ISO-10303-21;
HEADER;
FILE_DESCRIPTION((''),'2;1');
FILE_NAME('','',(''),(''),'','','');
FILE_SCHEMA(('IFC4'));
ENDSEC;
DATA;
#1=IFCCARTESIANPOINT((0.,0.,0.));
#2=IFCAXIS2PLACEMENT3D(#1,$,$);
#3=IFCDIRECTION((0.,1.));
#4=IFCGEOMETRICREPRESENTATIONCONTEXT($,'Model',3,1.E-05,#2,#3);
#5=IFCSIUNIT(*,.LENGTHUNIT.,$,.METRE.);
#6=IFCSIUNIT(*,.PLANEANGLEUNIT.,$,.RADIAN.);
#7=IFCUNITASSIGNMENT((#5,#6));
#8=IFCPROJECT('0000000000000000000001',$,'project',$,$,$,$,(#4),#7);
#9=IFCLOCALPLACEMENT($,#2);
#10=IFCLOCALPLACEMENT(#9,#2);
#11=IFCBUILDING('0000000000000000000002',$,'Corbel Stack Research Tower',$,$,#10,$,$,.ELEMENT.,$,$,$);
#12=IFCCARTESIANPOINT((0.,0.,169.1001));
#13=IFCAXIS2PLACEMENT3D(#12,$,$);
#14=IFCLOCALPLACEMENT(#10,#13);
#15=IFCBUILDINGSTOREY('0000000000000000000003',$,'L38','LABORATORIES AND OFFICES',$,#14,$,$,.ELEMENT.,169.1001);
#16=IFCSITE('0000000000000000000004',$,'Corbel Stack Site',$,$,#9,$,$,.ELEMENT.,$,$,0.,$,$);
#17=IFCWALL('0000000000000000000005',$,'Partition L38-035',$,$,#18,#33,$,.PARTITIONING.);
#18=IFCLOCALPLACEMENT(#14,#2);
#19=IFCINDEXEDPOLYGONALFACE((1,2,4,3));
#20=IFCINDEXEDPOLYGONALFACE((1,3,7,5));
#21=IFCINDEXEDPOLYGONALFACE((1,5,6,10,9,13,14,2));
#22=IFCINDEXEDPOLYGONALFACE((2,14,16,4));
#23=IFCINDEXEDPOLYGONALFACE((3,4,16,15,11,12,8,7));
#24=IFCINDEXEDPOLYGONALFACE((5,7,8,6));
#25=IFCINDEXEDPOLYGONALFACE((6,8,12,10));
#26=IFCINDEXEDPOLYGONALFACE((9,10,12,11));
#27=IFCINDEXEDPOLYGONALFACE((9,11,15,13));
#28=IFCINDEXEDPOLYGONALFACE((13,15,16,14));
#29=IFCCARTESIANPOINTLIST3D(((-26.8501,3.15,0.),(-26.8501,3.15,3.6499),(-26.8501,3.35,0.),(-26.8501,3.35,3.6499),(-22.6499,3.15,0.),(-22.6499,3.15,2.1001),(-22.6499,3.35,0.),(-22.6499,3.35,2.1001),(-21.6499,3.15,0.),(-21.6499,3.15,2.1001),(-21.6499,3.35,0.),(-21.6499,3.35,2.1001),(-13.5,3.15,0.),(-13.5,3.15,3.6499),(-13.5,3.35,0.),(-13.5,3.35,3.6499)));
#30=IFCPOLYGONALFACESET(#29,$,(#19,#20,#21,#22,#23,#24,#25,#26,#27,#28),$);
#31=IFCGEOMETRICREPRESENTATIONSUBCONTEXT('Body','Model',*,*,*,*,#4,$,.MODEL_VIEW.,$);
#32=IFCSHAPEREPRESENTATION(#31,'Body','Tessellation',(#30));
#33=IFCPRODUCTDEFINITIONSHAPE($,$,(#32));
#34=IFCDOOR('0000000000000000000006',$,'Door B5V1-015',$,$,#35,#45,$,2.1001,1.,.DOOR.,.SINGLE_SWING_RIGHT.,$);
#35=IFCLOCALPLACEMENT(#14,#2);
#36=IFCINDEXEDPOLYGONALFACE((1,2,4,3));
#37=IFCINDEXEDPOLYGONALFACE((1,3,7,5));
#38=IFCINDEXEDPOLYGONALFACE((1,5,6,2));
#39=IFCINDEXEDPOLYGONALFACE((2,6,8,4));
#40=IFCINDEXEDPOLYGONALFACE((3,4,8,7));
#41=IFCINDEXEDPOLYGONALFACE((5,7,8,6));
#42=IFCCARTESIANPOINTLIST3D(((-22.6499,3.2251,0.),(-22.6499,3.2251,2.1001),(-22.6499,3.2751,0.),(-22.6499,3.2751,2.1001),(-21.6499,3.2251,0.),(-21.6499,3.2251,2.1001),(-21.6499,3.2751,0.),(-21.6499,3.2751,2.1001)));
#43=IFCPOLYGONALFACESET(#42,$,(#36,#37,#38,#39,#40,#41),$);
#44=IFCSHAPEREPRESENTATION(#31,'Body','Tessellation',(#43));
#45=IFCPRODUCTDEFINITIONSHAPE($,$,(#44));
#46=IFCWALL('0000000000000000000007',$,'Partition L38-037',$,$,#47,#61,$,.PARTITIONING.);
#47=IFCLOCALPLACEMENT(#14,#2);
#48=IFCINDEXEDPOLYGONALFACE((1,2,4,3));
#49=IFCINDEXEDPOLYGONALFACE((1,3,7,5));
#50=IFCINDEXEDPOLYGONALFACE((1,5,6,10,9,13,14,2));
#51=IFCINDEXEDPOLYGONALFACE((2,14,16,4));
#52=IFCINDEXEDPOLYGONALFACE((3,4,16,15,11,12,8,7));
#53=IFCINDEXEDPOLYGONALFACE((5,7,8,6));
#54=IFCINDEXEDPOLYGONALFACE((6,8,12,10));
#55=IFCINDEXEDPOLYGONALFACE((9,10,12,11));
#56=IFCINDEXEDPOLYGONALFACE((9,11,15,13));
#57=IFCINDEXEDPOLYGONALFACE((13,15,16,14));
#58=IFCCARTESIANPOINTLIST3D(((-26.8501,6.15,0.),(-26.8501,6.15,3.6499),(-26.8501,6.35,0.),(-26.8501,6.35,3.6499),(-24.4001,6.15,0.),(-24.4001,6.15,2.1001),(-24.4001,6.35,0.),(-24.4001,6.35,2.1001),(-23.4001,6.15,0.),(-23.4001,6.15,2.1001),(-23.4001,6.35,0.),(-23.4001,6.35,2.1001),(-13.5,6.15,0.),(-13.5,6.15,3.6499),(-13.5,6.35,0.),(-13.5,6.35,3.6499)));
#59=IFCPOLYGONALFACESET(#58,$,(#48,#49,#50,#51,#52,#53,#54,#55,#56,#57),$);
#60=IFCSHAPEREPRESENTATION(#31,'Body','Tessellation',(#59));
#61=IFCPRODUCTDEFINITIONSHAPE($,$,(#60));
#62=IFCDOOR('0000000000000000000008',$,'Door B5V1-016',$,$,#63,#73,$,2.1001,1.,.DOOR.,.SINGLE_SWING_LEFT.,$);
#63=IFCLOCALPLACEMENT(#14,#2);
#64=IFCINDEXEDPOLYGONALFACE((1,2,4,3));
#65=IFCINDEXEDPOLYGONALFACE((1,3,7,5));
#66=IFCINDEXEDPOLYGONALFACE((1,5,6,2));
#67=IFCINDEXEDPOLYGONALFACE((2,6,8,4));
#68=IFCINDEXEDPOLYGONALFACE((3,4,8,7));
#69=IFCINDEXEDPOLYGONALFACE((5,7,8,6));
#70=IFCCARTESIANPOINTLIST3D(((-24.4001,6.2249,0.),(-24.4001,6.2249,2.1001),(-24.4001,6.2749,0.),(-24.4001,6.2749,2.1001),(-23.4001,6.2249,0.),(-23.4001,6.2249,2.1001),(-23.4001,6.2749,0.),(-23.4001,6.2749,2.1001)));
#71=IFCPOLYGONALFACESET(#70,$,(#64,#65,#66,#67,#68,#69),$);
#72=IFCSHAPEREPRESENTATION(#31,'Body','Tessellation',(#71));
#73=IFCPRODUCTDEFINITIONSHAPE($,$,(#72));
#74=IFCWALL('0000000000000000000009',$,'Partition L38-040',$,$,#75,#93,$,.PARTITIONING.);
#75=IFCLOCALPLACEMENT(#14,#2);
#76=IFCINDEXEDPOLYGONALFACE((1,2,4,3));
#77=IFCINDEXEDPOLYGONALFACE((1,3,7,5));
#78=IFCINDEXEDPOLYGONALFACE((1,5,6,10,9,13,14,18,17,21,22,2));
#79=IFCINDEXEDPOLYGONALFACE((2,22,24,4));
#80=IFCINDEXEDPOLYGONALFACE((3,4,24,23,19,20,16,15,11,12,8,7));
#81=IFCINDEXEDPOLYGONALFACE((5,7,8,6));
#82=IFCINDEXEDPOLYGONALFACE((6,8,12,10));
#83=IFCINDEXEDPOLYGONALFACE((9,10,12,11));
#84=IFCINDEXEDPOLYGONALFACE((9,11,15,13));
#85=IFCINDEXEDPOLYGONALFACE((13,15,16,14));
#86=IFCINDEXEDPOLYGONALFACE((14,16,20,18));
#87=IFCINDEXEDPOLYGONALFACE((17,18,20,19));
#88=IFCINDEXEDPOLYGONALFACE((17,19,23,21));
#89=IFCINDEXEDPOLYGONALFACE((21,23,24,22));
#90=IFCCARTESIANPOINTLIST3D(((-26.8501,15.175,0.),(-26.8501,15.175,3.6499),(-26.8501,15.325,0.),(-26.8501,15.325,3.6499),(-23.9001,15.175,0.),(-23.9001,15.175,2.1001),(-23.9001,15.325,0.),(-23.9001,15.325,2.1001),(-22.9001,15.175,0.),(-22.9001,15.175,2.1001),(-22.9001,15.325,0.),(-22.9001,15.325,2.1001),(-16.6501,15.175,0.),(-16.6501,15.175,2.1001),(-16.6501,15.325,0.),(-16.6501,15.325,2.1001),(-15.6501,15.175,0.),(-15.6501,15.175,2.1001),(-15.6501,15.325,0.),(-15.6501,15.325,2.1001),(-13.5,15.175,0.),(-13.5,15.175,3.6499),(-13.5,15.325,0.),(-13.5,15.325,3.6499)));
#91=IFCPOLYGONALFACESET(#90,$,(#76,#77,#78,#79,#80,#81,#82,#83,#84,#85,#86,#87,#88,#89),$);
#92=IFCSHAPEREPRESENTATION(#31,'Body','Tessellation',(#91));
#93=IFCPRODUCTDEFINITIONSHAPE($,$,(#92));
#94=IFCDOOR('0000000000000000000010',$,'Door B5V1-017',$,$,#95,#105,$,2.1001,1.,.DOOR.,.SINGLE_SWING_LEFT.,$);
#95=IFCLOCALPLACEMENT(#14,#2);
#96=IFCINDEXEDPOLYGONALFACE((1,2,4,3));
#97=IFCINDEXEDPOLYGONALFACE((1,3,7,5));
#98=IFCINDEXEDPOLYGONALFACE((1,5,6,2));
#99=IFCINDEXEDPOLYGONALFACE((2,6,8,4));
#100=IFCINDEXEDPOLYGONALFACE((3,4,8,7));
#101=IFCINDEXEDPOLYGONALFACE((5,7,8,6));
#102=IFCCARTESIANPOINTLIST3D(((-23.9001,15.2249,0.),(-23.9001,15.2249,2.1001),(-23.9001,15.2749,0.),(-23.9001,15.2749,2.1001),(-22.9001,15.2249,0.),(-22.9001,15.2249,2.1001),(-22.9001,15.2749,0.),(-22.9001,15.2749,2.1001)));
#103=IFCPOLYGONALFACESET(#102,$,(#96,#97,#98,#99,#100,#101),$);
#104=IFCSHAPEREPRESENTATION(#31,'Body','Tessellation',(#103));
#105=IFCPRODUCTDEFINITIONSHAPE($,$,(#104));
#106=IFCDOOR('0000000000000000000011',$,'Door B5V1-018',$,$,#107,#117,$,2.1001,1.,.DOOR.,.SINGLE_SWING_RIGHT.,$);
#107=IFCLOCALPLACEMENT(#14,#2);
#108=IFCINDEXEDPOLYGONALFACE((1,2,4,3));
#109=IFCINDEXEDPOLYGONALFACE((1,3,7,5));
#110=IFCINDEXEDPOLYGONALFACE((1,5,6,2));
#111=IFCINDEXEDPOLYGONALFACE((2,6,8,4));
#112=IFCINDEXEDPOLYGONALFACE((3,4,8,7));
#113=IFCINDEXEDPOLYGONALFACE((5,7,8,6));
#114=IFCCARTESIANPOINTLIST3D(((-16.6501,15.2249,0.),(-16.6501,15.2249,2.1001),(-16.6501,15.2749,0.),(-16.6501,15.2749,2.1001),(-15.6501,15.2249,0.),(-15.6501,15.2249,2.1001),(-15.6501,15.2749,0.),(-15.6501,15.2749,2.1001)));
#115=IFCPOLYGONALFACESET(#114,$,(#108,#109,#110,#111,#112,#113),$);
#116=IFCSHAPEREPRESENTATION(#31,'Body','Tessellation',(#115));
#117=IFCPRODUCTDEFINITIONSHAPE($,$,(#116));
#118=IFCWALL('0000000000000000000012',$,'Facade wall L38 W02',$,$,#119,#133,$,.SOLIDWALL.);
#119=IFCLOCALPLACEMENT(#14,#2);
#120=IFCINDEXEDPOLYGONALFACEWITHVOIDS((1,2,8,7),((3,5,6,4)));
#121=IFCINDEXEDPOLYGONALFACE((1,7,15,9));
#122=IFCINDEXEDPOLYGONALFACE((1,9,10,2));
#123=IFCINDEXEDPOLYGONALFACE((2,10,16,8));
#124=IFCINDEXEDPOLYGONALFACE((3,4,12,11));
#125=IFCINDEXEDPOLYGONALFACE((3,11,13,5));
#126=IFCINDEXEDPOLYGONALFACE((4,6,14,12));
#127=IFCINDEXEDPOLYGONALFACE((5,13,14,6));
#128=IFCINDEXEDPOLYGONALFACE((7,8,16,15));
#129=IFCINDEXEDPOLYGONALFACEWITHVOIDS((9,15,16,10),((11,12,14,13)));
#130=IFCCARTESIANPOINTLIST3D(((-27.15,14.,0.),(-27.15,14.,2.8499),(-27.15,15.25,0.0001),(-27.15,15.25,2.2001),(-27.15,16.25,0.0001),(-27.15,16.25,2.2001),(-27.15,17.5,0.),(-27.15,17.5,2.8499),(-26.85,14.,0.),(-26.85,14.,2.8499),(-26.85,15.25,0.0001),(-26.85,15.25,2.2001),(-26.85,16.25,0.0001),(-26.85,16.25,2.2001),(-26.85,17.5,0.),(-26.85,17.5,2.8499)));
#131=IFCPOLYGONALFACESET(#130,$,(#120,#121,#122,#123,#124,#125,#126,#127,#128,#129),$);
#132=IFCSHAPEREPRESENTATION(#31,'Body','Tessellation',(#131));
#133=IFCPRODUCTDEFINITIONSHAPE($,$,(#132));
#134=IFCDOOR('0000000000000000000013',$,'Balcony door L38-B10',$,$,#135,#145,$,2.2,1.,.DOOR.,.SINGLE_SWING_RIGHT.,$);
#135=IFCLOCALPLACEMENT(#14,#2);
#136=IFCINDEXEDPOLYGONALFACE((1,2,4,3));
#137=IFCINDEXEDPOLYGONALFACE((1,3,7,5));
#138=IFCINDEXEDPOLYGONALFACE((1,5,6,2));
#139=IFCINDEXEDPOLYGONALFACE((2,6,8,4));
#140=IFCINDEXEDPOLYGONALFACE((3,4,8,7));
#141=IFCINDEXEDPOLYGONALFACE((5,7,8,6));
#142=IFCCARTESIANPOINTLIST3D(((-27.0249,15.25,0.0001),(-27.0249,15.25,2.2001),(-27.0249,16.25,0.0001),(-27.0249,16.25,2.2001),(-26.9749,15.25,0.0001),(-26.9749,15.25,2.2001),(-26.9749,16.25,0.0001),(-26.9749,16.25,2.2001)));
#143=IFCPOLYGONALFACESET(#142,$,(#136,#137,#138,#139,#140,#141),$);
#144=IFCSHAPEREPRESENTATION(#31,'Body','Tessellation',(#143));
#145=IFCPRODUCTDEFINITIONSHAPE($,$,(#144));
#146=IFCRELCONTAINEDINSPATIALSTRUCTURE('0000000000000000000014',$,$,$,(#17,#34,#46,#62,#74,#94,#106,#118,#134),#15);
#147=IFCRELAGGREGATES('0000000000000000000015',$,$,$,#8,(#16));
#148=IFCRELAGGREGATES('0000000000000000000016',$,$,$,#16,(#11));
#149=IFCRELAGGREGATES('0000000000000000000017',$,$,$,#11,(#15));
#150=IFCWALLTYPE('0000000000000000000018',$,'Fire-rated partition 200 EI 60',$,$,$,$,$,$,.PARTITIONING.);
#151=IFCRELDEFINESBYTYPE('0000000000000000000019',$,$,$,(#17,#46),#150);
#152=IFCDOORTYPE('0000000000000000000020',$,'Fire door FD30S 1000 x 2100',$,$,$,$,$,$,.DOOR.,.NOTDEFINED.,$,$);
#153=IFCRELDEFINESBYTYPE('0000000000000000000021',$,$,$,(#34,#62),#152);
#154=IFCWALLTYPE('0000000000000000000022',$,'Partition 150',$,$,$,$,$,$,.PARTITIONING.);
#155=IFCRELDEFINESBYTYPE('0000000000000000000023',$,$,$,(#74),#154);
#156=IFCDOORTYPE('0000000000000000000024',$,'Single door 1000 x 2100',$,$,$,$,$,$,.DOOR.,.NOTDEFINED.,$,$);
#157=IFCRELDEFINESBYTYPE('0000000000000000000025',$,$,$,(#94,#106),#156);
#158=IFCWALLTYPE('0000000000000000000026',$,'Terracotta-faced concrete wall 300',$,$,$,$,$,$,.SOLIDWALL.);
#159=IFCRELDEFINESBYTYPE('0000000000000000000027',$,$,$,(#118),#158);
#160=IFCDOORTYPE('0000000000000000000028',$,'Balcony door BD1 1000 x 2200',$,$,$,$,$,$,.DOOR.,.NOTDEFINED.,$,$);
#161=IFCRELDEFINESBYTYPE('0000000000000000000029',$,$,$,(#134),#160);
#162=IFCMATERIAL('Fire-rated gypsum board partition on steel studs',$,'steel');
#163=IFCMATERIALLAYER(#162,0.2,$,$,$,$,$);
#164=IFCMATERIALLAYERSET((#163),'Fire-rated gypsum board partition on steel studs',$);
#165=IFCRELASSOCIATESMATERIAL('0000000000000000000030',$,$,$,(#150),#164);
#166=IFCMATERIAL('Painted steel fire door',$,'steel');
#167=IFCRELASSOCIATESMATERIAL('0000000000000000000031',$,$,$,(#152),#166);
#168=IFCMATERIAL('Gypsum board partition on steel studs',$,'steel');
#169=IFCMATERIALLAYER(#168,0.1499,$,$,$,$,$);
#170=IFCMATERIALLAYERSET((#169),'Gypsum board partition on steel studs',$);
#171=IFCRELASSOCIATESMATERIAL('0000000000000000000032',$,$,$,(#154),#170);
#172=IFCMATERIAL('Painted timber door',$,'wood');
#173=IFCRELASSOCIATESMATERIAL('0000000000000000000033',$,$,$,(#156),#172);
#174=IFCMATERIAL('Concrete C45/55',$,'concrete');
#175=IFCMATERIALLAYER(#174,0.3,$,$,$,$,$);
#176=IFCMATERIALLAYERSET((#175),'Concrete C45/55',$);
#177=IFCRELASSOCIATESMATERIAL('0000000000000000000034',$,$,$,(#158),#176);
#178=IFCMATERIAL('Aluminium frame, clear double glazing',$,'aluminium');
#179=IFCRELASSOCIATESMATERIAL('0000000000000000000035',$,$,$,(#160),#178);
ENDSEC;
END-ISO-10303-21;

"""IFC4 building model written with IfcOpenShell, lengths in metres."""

from ifc_helpers import new_model, si_unit, direction, frame, frame_2d, origin, place, context, subcontext, project, spatial, rectangle, extrude, material, layer, layer_set, type_object, element, fill, save


model = new_model("IFC4")

# Units and contexts
model_context = context("Model", 3, precision=1e-05, world=origin(), true_north=direction((0.0, 1.0)))
body_context = subcontext(model_context, "Body", "Model", "MODEL_VIEW")
ifc_project = project(units=[si_unit("LENGTHUNIT", "METRE"), si_unit("PLANEANGLEUNIT", "RADIAN")], contexts=[model_context])

# Site, building, storey
site_placement = place(None, origin())
site = spatial("IfcSite", under=ifc_project, at=site_placement, Name="Corbel Stack Site", CompositionType="ELEMENT", RefElevation=0.0)
building_placement = place(site_placement, origin())
building = spatial("IfcBuilding", under=site, at=building_placement, Name="Corbel Stack Research Tower", CompositionType="ELEMENT")
storey_placement = place(building_placement, frame((0.0, 0.0, 169.1001)))
storey = spatial("IfcBuildingStorey", under=building, at=storey_placement, Name="L38", Description="LABORATORIES AND OFFICES", CompositionType="ELEMENT", Elevation=169.1001)

# Shared definitions
ifc_material_1 = material(Name="Fire-rated gypsum board partition on steel studs", Category="steel")
ifc_layer_1 = layer(ifc_material_1, 0.2)
ifc_layer_set_1 = layer_set([ifc_layer_1], Name="Fire-rated gypsum board partition on steel studs")
wall_type_1 = type_object("IfcWallType", Name="Fire-rated partition 200 EI 60", PredefinedType="PARTITIONING", material=ifc_layer_set_1)

# Walls, openings, doors
ifc_material_2 = material(Name="Painted steel fire door", Category="steel")
door_type_1 = type_object("IfcDoorType", Name="Fire door FD30S 1000 x 2100", OperationType="NOTDEFINED", PredefinedType="DOOR", material=ifc_material_2)
wall_1_placement = place(storey_placement, frame((-13.5, 3.25, 0.0), z_axis=(0.0, 0.0, 1.0), x_axis=(-1.0, 0.0, 0.0)))
wall_1 = element("IfcWall", 1, at=wall_1_placement, inside=storey, type_object=wall_type_1, Name="Partition L38-035", PredefinedType="PARTITIONING", context=body_context, shape_type="SweptSolid", body=[
    extrude(rectangle(XDim=13.3501, YDim=0.2, at=frame_2d((6.675, 0.0))), origin(), (0.0, 0.0, 1.0), 3.6499),
])
opening_1_placement = place(wall_1_placement, frame((8.1499, 0.0, 0.0)))
opening_1 = element("IfcOpeningElement", 2, at=opening_1_placement, cuts=wall_1, PredefinedType="OPENING", context=body_context, shape_type="SweptSolid", body=[
    extrude(rectangle(XDim=1.0, YDim=2.1001, at=frame_2d((0.5, 1.05))), frame((0.0, 0.1099, 0.0), z_axis=(0.0, -1.0, 0.0), x_axis=(1.0, 0.0, 0.0)), (0.0, 0.0, 1.0), 0.22),
])
door_1_placement = place(opening_1_placement, origin())
door_1 = element("IfcDoor", 3, at=door_1_placement, inside=storey, type_object=door_type_1, Name="Door B5V1-015", OperationType="SINGLE_SWING_RIGHT", OverallHeight=2.1001, OverallWidth=1.0, PredefinedType="DOOR", context=body_context, shape_type="SweptSolid", body=[
    extrude(rectangle(XDim=1.0, YDim=2.1001, at=frame_2d((0.5, 1.05))), frame((0.0, 0.0249, 0.0), z_axis=(0.0, -1.0, 0.0), x_axis=(1.0, 0.0, 0.0)), (0.0, 0.0, 1.0), 0.05),
])
fill(opening_1, door_1)
wall_2_placement = place(storey_placement, frame((-26.8501, 6.25, 0.0), z_axis=(0.0, 0.0, 1.0), x_axis=(1.0, 0.0, 0.0)))
wall_2 = element("IfcWall", 4, at=wall_2_placement, inside=storey, type_object=wall_type_1, Name="Partition L38-037", PredefinedType="PARTITIONING", context=body_context, shape_type="SweptSolid", body=[
    extrude(rectangle(XDim=13.3501, YDim=0.2, at=frame_2d((6.675, 0.0))), origin(), (0.0, 0.0, 1.0), 3.6499),
])
opening_2_placement = place(wall_2_placement, frame((2.45, 0.0, 0.0)))
opening_2 = element("IfcOpeningElement", 5, at=opening_2_placement, cuts=wall_2, PredefinedType="OPENING", context=body_context, shape_type="SweptSolid", body=[
    extrude(rectangle(XDim=1.0, YDim=2.1001, at=frame_2d((0.5, 1.05))), frame((0.0, 0.1099, 0.0), z_axis=(0.0, -1.0, 0.0), x_axis=(1.0, 0.0, 0.0)), (0.0, 0.0, 1.0), 0.22),
])
door_2_placement = place(opening_2_placement, origin())
door_2 = element("IfcDoor", 6, at=door_2_placement, inside=storey, type_object=door_type_1, Name="Door B5V1-016", OperationType="SINGLE_SWING_LEFT", OverallHeight=2.1001, OverallWidth=1.0, PredefinedType="DOOR", context=body_context, shape_type="SweptSolid", body=[
    extrude(rectangle(XDim=1.0, YDim=2.1001, at=frame_2d((0.5, 1.05))), frame((0.0, 0.0249, 0.0), z_axis=(0.0, -1.0, 0.0), x_axis=(1.0, 0.0, 0.0)), (0.0, 0.0, 1.0), 0.05),
])
fill(opening_2, door_2)

# Wall, openings, doors
ifc_material_3 = material(Name="Gypsum board partition on steel studs", Category="steel")
ifc_layer_2 = layer(ifc_material_3, 0.1499)
ifc_layer_set_2 = layer_set([ifc_layer_2], Name="Gypsum board partition on steel studs")
wall_type_2 = type_object("IfcWallType", Name="Partition 150", PredefinedType="PARTITIONING", material=ifc_layer_set_2)
wall_3_placement = place(storey_placement, frame((-26.8501, 15.25, 0.0), z_axis=(0.0, 0.0, 1.0), x_axis=(1.0, 0.0, 0.0)))
wall_3 = element("IfcWall", 7, at=wall_3_placement, inside=storey, type_object=wall_type_2, Name="Partition L38-040", PredefinedType="PARTITIONING", context=body_context, shape_type="SweptSolid", body=[
    extrude(rectangle(XDim=13.3501, YDim=0.1499, at=frame_2d((6.675, 0.0))), origin(), (0.0, 0.0, 1.0), 3.6499),
])
opening_3_placement = place(wall_3_placement, frame((2.95, 0.0, 0.0)))
opening_3 = element("IfcOpeningElement", 8, at=opening_3_placement, cuts=wall_3, PredefinedType="OPENING", context=body_context, shape_type="SweptSolid", body=[
    extrude(rectangle(XDim=1.0, YDim=2.1001, at=frame_2d((0.5, 1.05))), frame((0.0, 0.085, 0.0), z_axis=(0.0, -1.0, 0.0), x_axis=(1.0, 0.0, 0.0)), (0.0, 0.0, 1.0), 0.1699),
])
opening_4_placement = place(wall_3_placement, frame((10.2, 0.0, 0.0)))
opening_4 = element("IfcOpeningElement", 9, at=opening_4_placement, cuts=wall_3, PredefinedType="OPENING", context=body_context, shape_type="SweptSolid", body=[
    extrude(rectangle(XDim=1.0, YDim=2.1001, at=frame_2d((0.5, 1.05))), frame((0.0, 0.085, 0.0), z_axis=(0.0, -1.0, 0.0), x_axis=(1.0, 0.0, 0.0)), (0.0, 0.0, 1.0), 0.1699),
])
ifc_material_4 = material(Name="Painted timber door", Category="wood")
door_type_2 = type_object("IfcDoorType", Name="Single door 1000 x 2100", OperationType="NOTDEFINED", PredefinedType="DOOR", material=ifc_material_4)
door_3_placement = place(opening_3_placement, origin())
door_3 = element("IfcDoor", 10, at=door_3_placement, inside=storey, type_object=door_type_2, Name="Door B5V1-017", OperationType="SINGLE_SWING_LEFT", OverallHeight=2.1001, OverallWidth=1.0, PredefinedType="DOOR", context=body_context, shape_type="SweptSolid", body=[
    extrude(rectangle(XDim=1.0, YDim=2.1001, at=frame_2d((0.5, 1.05))), frame((0.0, 0.0249, 0.0), z_axis=(0.0, -1.0, 0.0), x_axis=(1.0, 0.0, 0.0)), (0.0, 0.0, 1.0), 0.05),
])
fill(opening_3, door_3)
door_4_placement = place(opening_4_placement, origin())
door_4 = element("IfcDoor", 11, at=door_4_placement, inside=storey, type_object=door_type_2, Name="Door B5V1-018", OperationType="SINGLE_SWING_RIGHT", OverallHeight=2.1001, OverallWidth=1.0, PredefinedType="DOOR", context=body_context, shape_type="SweptSolid", body=[
    extrude(rectangle(XDim=1.0, YDim=2.1001, at=frame_2d((0.5, 1.05))), frame((0.0, 0.0249, 0.0), z_axis=(0.0, -1.0, 0.0), x_axis=(1.0, 0.0, 0.0)), (0.0, 0.0, 1.0), 0.05),
])
fill(opening_4, door_4)

# Wall, opening, door
ifc_material_5 = material(Name="Concrete C45/55", Category="concrete")
ifc_layer_3 = layer(ifc_material_5, 0.3)
ifc_layer_set_3 = layer_set([ifc_layer_3], Name="Concrete C45/55")
wall_type_3 = type_object("IfcWallType", Name="Terracotta-faced concrete wall 300", PredefinedType="SOLIDWALL", material=ifc_layer_set_3)
wall_4_placement = place(storey_placement, frame((-27.0, 14.0, 0.0), z_axis=(0.0, 0.0, 1.0), x_axis=(0.0, 1.0, 0.0)))
wall_4 = element("IfcWall", 12, at=wall_4_placement, inside=storey, type_object=wall_type_3, Name="Facade wall L38 W02", PredefinedType="SOLIDWALL", context=body_context, shape_type="SweptSolid", body=[
    extrude(rectangle(XDim=3.5, YDim=0.3, at=frame_2d((1.75, 0.0))), origin(), (0.0, 0.0, 1.0), 2.8499),
])
opening_5_placement = place(wall_4_placement, frame((1.25, 0.0, 0.0)))
opening_5 = element("IfcOpeningElement", 13, at=opening_5_placement, cuts=wall_4, PredefinedType="OPENING", context=body_context, shape_type="SweptSolid", body=[
    extrude(rectangle(XDim=1.0, YDim=2.2, at=frame_2d((0.5, 1.1001))), frame((0.0, 0.1599, 0.0), z_axis=(0.0, -1.0, 0.0), x_axis=(1.0, 0.0, 0.0)), (0.0, 0.0, 1.0), 0.3201),
])
ifc_material_6 = material(Name="Aluminium frame, clear double glazing", Category="aluminium")
door_type_3 = type_object("IfcDoorType", Name="Balcony door BD1 1000 x 2200", OperationType="NOTDEFINED", PredefinedType="DOOR", material=ifc_material_6)
door_5_placement = place(opening_5_placement, origin())
door_5 = element("IfcDoor", 14, at=door_5_placement, inside=storey, type_object=door_type_3, Name="Balcony door L38-B10", OperationType="SINGLE_SWING_RIGHT", OverallHeight=2.2, OverallWidth=1.0, PredefinedType="DOOR", context=body_context, shape_type="SweptSolid", body=[
    extrude(rectangle(XDim=1.0, YDim=2.2, at=frame_2d((0.5, 1.1001))), frame((0.0, 0.0249, 0.0), z_axis=(0.0, -1.0, 0.0), x_axis=(1.0, 0.0, 0.0)), (0.0, 0.0, 1.0), 0.05),
])
fill(opening_5, door_5)

save(model, "model.ifc")
